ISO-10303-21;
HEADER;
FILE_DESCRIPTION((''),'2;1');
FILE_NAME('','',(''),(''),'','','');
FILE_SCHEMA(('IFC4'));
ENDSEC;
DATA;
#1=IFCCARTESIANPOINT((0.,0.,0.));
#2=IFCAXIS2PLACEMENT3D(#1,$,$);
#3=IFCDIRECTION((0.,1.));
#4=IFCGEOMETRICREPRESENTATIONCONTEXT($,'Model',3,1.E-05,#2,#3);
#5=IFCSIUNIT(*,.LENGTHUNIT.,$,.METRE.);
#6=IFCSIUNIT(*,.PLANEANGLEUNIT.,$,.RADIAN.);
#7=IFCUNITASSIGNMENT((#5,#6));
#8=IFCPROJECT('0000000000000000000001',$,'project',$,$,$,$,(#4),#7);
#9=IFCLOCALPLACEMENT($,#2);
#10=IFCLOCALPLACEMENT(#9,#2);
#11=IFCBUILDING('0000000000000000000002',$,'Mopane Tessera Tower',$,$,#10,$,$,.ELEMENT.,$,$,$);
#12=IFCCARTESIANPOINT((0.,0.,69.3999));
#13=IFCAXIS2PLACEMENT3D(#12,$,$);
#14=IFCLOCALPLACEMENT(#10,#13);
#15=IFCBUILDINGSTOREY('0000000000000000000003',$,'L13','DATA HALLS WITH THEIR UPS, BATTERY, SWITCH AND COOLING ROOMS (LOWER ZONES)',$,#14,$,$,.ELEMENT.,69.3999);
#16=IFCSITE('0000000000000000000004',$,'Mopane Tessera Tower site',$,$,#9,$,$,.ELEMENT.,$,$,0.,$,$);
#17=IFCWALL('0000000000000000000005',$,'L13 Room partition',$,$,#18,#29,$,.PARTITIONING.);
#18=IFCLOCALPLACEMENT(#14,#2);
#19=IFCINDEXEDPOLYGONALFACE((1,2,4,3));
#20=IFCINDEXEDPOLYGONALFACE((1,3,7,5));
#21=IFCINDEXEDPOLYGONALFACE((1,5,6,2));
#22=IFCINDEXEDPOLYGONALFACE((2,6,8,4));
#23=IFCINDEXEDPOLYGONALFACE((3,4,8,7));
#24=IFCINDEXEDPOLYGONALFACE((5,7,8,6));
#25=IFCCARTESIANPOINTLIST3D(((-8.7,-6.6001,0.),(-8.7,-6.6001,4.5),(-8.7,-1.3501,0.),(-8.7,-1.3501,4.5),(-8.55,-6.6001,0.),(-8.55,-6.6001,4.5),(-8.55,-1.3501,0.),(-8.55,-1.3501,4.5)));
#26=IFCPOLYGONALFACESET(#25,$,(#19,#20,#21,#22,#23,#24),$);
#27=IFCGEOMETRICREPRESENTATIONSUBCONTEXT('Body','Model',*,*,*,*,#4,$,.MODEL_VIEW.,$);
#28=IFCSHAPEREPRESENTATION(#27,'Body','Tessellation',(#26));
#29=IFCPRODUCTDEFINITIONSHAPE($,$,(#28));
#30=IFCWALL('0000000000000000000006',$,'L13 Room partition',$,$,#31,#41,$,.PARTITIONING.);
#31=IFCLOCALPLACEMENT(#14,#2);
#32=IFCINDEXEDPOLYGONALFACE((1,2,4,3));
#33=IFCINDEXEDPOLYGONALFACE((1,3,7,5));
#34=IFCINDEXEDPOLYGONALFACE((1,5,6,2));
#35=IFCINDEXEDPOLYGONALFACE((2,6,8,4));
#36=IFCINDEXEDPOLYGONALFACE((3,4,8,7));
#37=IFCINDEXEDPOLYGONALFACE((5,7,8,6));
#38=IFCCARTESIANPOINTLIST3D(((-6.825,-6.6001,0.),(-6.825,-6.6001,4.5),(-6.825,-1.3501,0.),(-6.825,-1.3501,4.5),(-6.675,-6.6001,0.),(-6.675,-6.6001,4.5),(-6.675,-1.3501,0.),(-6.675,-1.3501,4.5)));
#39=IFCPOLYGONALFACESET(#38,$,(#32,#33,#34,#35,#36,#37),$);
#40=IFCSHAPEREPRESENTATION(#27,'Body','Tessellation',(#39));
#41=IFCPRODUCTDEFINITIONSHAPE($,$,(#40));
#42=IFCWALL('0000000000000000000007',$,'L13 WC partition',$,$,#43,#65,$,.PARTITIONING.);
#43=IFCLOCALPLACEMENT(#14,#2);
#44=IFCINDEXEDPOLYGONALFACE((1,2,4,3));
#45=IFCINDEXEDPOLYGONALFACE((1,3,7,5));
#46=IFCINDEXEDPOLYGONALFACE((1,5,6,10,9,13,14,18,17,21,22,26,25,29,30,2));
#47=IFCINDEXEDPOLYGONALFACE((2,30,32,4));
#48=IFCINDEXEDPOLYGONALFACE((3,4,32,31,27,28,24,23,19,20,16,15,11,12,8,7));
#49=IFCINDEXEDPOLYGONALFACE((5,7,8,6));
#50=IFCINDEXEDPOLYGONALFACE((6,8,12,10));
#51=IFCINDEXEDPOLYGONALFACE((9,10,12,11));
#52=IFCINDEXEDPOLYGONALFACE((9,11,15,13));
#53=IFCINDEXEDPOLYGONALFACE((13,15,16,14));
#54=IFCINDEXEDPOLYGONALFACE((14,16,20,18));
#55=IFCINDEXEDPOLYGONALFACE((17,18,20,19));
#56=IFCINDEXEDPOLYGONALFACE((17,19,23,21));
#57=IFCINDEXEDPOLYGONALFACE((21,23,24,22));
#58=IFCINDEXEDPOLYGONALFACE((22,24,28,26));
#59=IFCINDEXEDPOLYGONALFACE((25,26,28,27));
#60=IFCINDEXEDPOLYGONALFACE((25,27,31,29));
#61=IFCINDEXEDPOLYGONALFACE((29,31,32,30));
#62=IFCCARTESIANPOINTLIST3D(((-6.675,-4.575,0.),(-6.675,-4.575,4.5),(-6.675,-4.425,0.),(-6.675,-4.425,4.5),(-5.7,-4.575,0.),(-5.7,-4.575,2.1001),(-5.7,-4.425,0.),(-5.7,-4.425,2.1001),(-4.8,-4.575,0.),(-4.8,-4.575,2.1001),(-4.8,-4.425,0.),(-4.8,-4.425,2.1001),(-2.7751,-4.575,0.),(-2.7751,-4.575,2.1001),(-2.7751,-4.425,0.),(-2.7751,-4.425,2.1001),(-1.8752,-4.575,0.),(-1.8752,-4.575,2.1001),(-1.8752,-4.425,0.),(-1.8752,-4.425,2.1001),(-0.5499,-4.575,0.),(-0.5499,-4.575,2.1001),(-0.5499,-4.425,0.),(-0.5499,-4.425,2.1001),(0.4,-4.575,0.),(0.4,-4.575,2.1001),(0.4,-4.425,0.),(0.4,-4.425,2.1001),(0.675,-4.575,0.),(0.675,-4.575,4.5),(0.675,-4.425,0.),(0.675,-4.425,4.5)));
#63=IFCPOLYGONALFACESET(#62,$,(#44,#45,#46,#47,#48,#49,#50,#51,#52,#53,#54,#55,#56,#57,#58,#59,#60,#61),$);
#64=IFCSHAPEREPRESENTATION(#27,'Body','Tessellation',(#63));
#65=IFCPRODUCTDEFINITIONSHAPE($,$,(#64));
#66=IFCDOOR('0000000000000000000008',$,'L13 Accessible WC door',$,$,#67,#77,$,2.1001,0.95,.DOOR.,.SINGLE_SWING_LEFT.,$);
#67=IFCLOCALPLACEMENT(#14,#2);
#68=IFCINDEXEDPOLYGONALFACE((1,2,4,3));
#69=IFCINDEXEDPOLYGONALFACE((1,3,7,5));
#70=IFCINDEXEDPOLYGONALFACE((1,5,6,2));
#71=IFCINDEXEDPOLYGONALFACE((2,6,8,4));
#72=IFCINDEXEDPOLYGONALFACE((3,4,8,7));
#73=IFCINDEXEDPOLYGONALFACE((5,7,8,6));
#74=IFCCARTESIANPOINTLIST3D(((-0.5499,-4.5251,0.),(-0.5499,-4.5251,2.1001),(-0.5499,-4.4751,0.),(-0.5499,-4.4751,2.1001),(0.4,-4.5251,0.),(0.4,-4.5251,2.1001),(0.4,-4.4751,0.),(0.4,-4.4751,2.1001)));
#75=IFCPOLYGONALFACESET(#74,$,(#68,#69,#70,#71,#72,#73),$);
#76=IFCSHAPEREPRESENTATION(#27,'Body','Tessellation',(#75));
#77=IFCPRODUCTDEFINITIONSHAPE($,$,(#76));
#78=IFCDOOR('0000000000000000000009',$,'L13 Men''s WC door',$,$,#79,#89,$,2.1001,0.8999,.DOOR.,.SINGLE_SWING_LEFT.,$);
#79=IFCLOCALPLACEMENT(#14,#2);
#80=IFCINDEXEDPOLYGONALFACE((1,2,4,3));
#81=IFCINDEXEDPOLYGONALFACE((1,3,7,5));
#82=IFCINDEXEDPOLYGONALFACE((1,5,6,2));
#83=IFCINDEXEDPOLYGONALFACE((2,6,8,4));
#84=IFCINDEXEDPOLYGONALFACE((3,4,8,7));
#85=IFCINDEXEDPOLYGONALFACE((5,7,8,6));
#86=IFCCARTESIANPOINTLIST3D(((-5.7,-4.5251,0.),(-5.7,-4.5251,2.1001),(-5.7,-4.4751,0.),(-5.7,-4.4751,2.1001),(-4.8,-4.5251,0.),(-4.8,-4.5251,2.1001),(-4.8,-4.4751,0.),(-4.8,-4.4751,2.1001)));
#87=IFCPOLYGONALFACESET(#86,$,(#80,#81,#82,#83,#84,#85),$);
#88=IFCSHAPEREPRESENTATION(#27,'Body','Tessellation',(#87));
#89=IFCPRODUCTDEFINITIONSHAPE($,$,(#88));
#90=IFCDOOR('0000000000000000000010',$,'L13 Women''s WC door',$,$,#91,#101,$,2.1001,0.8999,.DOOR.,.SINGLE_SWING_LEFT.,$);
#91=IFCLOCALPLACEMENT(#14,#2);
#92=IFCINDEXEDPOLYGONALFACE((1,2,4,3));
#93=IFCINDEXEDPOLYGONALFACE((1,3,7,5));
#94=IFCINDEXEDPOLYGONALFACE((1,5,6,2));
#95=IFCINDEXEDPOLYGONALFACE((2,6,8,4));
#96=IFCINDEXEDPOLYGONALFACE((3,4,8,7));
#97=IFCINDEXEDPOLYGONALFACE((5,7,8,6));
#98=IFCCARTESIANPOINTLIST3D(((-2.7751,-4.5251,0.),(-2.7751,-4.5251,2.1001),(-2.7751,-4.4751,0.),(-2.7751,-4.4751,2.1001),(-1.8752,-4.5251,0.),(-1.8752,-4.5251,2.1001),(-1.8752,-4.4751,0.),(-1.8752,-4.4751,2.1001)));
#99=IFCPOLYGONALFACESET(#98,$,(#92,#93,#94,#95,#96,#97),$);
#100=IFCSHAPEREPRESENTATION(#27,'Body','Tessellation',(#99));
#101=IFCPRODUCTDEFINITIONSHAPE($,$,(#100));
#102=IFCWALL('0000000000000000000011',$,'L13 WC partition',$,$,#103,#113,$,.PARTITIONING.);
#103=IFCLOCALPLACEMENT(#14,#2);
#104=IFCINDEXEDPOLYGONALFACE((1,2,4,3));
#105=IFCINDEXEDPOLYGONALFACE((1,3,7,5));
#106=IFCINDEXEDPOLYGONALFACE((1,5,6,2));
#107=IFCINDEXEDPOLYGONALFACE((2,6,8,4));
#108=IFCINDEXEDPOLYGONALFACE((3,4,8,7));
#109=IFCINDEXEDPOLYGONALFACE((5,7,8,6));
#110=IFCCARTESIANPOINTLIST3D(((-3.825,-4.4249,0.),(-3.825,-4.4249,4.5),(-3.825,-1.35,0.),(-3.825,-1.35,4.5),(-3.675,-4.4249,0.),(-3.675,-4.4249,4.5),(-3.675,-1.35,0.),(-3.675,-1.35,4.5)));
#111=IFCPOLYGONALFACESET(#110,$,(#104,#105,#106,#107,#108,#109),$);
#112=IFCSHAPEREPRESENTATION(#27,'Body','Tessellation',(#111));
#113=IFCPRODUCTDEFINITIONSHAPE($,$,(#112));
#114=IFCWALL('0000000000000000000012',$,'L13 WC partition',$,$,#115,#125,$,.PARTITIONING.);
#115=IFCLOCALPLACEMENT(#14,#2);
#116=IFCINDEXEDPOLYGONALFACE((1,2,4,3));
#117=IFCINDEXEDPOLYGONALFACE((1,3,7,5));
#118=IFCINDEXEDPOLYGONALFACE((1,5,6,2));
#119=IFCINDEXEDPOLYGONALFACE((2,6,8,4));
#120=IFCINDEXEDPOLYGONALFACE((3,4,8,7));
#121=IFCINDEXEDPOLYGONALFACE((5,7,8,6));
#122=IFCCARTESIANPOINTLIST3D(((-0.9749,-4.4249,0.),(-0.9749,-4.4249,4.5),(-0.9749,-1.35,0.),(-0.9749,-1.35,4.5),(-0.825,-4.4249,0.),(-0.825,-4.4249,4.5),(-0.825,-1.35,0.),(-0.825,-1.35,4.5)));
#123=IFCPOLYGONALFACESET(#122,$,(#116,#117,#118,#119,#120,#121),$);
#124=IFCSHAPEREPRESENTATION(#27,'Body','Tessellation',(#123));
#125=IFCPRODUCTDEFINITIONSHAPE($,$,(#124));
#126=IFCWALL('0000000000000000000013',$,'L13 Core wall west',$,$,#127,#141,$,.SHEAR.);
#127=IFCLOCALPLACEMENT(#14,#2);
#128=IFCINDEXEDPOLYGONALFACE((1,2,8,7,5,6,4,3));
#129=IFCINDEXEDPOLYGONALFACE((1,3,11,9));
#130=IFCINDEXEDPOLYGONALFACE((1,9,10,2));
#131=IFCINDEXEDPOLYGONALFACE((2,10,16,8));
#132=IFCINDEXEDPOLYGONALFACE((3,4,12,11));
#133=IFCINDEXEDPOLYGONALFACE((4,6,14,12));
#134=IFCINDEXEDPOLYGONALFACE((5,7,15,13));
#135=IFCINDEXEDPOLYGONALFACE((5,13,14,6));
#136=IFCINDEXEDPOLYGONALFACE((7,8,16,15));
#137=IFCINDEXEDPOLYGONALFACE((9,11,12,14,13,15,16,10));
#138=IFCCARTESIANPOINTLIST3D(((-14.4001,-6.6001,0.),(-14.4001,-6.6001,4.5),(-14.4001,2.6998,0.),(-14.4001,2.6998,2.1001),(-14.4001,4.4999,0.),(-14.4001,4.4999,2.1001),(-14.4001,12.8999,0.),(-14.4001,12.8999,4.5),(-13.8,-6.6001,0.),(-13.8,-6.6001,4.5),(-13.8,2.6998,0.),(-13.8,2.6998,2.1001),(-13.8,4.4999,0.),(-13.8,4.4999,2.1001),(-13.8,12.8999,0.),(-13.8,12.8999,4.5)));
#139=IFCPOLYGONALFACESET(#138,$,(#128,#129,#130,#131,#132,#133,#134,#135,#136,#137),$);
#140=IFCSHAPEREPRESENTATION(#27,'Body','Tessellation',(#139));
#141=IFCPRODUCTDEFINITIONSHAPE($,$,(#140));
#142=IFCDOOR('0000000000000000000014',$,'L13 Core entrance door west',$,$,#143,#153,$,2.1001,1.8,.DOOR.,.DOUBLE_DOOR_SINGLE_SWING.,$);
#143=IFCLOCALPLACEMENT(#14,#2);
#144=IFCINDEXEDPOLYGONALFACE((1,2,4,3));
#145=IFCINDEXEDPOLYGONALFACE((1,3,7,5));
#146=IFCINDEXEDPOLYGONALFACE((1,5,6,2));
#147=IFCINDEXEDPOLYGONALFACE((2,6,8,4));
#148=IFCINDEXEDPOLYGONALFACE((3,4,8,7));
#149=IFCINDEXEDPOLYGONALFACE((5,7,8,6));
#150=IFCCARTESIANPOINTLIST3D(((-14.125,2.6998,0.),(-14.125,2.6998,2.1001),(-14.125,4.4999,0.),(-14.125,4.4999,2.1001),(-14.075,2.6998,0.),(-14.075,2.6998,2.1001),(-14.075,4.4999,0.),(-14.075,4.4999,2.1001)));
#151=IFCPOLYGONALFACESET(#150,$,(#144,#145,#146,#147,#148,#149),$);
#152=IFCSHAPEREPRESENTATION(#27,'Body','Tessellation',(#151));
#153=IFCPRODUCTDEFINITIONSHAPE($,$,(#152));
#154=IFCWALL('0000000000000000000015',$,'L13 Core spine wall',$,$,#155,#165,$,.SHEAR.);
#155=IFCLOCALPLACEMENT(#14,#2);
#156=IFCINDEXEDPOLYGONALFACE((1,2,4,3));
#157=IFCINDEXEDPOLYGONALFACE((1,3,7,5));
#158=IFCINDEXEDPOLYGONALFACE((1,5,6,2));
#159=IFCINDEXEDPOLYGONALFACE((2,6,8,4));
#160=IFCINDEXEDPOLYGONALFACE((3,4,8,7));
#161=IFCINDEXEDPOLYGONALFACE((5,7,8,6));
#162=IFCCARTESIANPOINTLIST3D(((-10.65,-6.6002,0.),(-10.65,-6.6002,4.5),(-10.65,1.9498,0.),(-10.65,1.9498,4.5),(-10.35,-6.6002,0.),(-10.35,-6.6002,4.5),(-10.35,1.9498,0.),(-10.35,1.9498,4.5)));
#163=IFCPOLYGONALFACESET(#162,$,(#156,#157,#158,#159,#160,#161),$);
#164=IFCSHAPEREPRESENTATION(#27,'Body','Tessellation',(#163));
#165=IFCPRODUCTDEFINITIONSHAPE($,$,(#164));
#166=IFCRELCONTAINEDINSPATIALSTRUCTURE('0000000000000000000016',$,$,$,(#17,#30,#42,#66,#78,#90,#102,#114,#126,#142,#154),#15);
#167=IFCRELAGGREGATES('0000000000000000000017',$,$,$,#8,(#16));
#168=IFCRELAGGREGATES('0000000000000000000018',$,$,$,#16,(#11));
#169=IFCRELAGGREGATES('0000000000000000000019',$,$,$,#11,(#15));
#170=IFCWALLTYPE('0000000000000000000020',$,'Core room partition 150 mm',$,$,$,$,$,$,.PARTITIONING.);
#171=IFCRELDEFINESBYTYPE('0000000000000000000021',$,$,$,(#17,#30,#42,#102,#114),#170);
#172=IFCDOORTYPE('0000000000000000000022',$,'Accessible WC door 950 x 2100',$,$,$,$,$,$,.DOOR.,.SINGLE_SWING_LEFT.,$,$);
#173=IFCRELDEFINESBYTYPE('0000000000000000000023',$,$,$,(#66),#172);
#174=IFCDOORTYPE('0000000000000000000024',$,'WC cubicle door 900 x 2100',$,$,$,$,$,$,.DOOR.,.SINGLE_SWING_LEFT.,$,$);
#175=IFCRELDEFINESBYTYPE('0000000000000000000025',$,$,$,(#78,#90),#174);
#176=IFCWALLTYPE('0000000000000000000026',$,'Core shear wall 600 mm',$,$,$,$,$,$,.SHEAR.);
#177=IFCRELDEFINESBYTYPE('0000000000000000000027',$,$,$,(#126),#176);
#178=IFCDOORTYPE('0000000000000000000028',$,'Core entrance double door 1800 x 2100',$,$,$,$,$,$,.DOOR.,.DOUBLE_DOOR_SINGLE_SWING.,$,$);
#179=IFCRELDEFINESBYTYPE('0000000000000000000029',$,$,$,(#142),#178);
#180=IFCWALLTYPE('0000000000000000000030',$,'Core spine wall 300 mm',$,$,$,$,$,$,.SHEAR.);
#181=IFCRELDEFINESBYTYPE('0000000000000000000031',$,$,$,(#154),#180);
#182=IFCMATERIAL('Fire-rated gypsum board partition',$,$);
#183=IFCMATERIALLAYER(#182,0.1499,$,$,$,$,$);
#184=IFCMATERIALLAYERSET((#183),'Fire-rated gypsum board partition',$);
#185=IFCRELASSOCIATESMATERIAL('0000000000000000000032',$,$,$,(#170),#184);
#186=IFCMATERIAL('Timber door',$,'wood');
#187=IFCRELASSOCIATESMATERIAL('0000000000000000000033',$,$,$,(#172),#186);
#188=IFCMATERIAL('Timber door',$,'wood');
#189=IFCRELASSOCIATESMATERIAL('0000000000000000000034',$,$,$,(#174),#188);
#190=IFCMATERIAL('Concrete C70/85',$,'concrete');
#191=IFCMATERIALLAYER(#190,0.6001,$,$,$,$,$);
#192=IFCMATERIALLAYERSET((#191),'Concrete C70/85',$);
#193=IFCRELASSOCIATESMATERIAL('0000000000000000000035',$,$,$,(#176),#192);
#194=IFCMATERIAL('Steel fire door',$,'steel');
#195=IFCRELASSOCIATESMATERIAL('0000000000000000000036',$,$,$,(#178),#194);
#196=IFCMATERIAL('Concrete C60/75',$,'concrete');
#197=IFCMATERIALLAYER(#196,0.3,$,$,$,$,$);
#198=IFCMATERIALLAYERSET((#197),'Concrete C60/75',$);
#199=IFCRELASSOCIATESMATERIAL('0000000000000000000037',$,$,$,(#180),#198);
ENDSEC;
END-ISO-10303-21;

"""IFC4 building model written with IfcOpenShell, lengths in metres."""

from ifc_helpers import new_model, si_unit, direction, frame, frame_2d, origin, place, context, subcontext, project, spatial, rectangle, extrude, material, layer, layer_set, type_object, element, fill, save


model = new_model("IFC4")

# Units and contexts
model_context = context("Model", 3, precision=1e-05, world=origin(), true_north=direction((0.0, 1.0)))
body_context = subcontext(model_context, "Body", "Model", "MODEL_VIEW")
ifc_project = project(units=[si_unit("LENGTHUNIT", "METRE"), si_unit("PLANEANGLEUNIT", "RADIAN")], contexts=[model_context])

# Site, building, storey
site_placement = place(None, origin())
site = spatial("IfcSite", under=ifc_project, at=site_placement, Name="Mopane Tessera Tower site", CompositionType="ELEMENT", RefElevation=0.0)
building_placement = place(site_placement, origin())
building = spatial("IfcBuilding", under=site, at=building_placement, Name="Mopane Tessera Tower", CompositionType="ELEMENT")
storey_placement = place(building_placement, frame((0.0, 0.0, 69.3999)))
storey = spatial("IfcBuildingStorey", under=building, at=storey_placement, Name="L13", Description="DATA HALLS WITH THEIR UPS, BATTERY, SWITCH AND COOLING ROOMS (LOWER ZONES)", CompositionType="ELEMENT", Elevation=69.3999)

# Walls
ifc_material_1 = material(Name="Fire-rated gypsum board partition")
ifc_layer_1 = layer(ifc_material_1, 0.1499)
ifc_layer_set_1 = layer_set([ifc_layer_1], Name="Fire-rated gypsum board partition")
wall_type_1 = type_object("IfcWallType", Name="Core room partition 150 mm", PredefinedType="PARTITIONING", material=ifc_layer_set_1)
for number, where, z_axis, x_axis, name in (
    (1, (-8.625, -6.6001, 0.0), (0.0, 0.0, 1.0), (0.0, 1.0, 0.0), "L13 Room partition"),
    (2, (-6.75, -6.6001, 0.0), (0.0, 0.0, 1.0), (0.0, 1.0, 0.0), "L13 Room partition"),
):
    element("IfcWall", number, at=place(storey_placement, frame(where, z_axis=z_axis, x_axis=x_axis)), inside=storey, type_object=wall_type_1, Name=name, PredefinedType="PARTITIONING", context=body_context, shape_type="SweptSolid", body=[
        extrude(rectangle(XDim=5.25, YDim=0.1499, at=frame_2d((2.625, 0.0))), origin(), (0.0, 0.0, 1.0), 4.5),
    ])

# Wall, openings, doors
wall_1_placement = place(storey_placement, frame((-6.675, -4.5, 0.0), z_axis=(0.0, 0.0, 1.0), x_axis=(1.0, 0.0, 0.0)))
wall_1 = element("IfcWall", 3, at=wall_1_placement, inside=storey, type_object=wall_type_1, Name="L13 WC partition", PredefinedType="PARTITIONING", context=body_context, shape_type="SweptSolid", body=[
    extrude(rectangle(XDim=7.3501, YDim=0.1499, at=frame_2d((3.675, 0.0))), origin(), (0.0, 0.0, 1.0), 4.5),
])
opening_1_placement = place(wall_1_placement, frame((0.9751, 0.0, 0.0)))
opening_1 = element("IfcOpeningElement", 4, at=opening_1_placement, cuts=wall_1, PredefinedType="OPENING", context=body_context, shape_type="SweptSolid", body=[
    extrude(rectangle(XDim=0.8999, YDim=2.1001, at=frame_2d((0.45, 1.05))), frame((0.0, 0.0869, 0.0), z_axis=(0.0, -1.0, 0.0), x_axis=(1.0, 0.0, 0.0)), (0.0, 0.0, 1.0), 0.1738),
])
opening_2_placement = place(wall_1_placement, frame((3.8999, 0.0, 0.0)))
opening_2 = element("IfcOpeningElement", 5, at=opening_2_placement, cuts=wall_1, PredefinedType="OPENING", context=body_context, shape_type="SweptSolid", body=[
    extrude(rectangle(XDim=0.8999, YDim=2.1001, at=frame_2d((0.45, 1.05))), frame((0.0, 0.0869, 0.0), z_axis=(0.0, -1.0, 0.0), x_axis=(1.0, 0.0, 0.0)), (0.0, 0.0, 1.0), 0.1738),
])
opening_3_placement = place(wall_1_placement, frame((6.125, 0.0, 0.0)))
opening_3 = element("IfcOpeningElement", 6, at=opening_3_placement, cuts=wall_1, PredefinedType="OPENING", context=body_context, shape_type="SweptSolid", body=[
    extrude(rectangle(XDim=0.95, YDim=2.1001, at=frame_2d((0.4751, 1.05))), frame((0.0, 0.0869, 0.0), z_axis=(0.0, -1.0, 0.0), x_axis=(1.0, 0.0, 0.0)), (0.0, 0.0, 1.0), 0.1738),
])
ifc_material_2 = material(Name="Timber door", Category="wood")
door_type_1 = type_object("IfcDoorType", Name="Accessible WC door 950 x 2100", OperationType="SINGLE_SWING_LEFT", PredefinedType="DOOR", material=ifc_material_2)
door_1_placement = place(opening_3_placement, origin())
door_1 = element("IfcDoor", 7, at=door_1_placement, inside=storey, type_object=door_type_1, Name="L13 Accessible WC door", OperationType="SINGLE_SWING_LEFT", OverallHeight=2.1001, OverallWidth=0.95, PredefinedType="DOOR", context=body_context, shape_type="SweptSolid", body=[
    extrude(rectangle(XDim=0.95, YDim=2.1001, at=frame_2d((0.4751, 1.05))), frame((0.0, 0.0249, 0.0), z_axis=(0.0, -1.0, 0.0), x_axis=(1.0, 0.0, 0.0)), (0.0, 0.0, 1.0), 0.05),
])
fill(opening_3, door_1)
ifc_material_3 = material(Name="Timber door", Category="wood")
door_type_2 = type_object("IfcDoorType", Name="WC cubicle door 900 x 2100", OperationType="SINGLE_SWING_LEFT", PredefinedType="DOOR", material=ifc_material_3)
door_2_placement = place(opening_1_placement, origin())
door_2 = element("IfcDoor", 8, at=door_2_placement, inside=storey, type_object=door_type_2, Name="L13 Men's WC door", OperationType="SINGLE_SWING_LEFT", OverallHeight=2.1001, OverallWidth=0.8999, PredefinedType="DOOR", context=body_context, shape_type="SweptSolid", body=[
    extrude(rectangle(XDim=0.8999, YDim=2.1001, at=frame_2d((0.45, 1.05))), frame((0.0, 0.0249, 0.0), z_axis=(0.0, -1.0, 0.0), x_axis=(1.0, 0.0, 0.0)), (0.0, 0.0, 1.0), 0.05),
])
fill(opening_1, door_2)
door_3_placement = place(opening_2_placement, origin())
door_3 = element("IfcDoor", 9, at=door_3_placement, inside=storey, type_object=door_type_2, Name="L13 Women's WC door", OperationType="SINGLE_SWING_LEFT", OverallHeight=2.1001, OverallWidth=0.8999, PredefinedType="DOOR", context=body_context, shape_type="SweptSolid", body=[
    extrude(rectangle(XDim=0.8999, YDim=2.1001, at=frame_2d((0.45, 1.05))), frame((0.0, 0.0249, 0.0), z_axis=(0.0, -1.0, 0.0), x_axis=(1.0, 0.0, 0.0)), (0.0, 0.0, 1.0), 0.05),
])
fill(opening_2, door_3)

# Walls
for number, where, z_axis, x_axis, name in (
    (10, (-3.75, -4.425, 0.0), (0.0, 0.0, 1.0), (0.0, 1.0, 0.0), "L13 WC partition"),
    (11, (-0.8999, -4.425, 0.0), (0.0, 0.0, 1.0), (0.0, 1.0, 0.0), "L13 WC partition"),
):
    element("IfcWall", number, at=place(storey_placement, frame(where, z_axis=z_axis, x_axis=x_axis)), inside=storey, type_object=wall_type_1, Name=name, PredefinedType="PARTITIONING", context=body_context, shape_type="SweptSolid", body=[
        extrude(rectangle(XDim=3.075, YDim=0.1499, at=frame_2d((1.5376, 0.0))), origin(), (0.0, 0.0, 1.0), 4.5),
    ])

# Wall, opening, door
ifc_material_4 = material(Name="Concrete C70/85", Category="concrete")
ifc_layer_2 = layer(ifc_material_4, 0.6001)
ifc_layer_set_2 = layer_set([ifc_layer_2], Name="Concrete C70/85")
wall_type_2 = type_object("IfcWallType", Name="Core shear wall 600 mm", PredefinedType="SHEAR", material=ifc_layer_set_2)
wall_2_placement = place(storey_placement, frame((-14.1001, -6.6001, 0.0), z_axis=(0.0, 0.0, 1.0), x_axis=(0.0, 1.0, 0.0)))
wall_2 = element("IfcWall", 12, at=wall_2_placement, inside=storey, type_object=wall_type_2, Name="L13 Core wall west", PredefinedType="SHEAR", context=body_context, shape_type="SweptSolid", body=[
    extrude(rectangle(XDim=19.5, YDim=0.6001, at=frame_2d((9.75, 0.0))), origin(), (0.0, 0.0, 1.0), 4.5),
])
opening_4_placement = place(wall_2_placement, frame((9.3, 0.0, 0.0)))
opening_4 = element("IfcOpeningElement", 13, at=opening_4_placement, cuts=wall_2, PredefinedType="OPENING", context=body_context, shape_type="SweptSolid", body=[
    extrude(rectangle(XDim=1.8, YDim=2.1001, at=frame_2d((0.8999, 1.05))), frame((0.0, 0.312, 0.0), z_axis=(0.0, -1.0, 0.0), x_axis=(1.0, 0.0, 0.0)), (0.0, 0.0, 1.0), 0.624),
])
ifc_material_5 = material(Name="Steel fire door", Category="steel")
door_type_3 = type_object("IfcDoorType", Name="Core entrance double door 1800 x 2100", OperationType="DOUBLE_DOOR_SINGLE_SWING", PredefinedType="DOOR", material=ifc_material_5)
door_4_placement = place(opening_4_placement, origin())
door_4 = element("IfcDoor", 14, at=door_4_placement, inside=storey, type_object=door_type_3, Name="L13 Core entrance door west", OperationType="DOUBLE_DOOR_SINGLE_SWING", OverallHeight=2.1001, OverallWidth=1.8, PredefinedType="DOOR", context=body_context, shape_type="SweptSolid", body=[
    extrude(rectangle(XDim=1.8, YDim=2.1001, at=frame_2d((0.8999, 1.05))), frame((0.0, 0.0249, 0.0), z_axis=(0.0, -1.0, 0.0), x_axis=(1.0, 0.0, 0.0)), (0.0, 0.0, 1.0), 0.05),
])
fill(opening_4, door_4)

# Wall
ifc_material_6 = material(Name="Concrete C60/75", Category="concrete")
ifc_layer_3 = layer(ifc_material_6, 0.3)
ifc_layer_set_3 = layer_set([ifc_layer_3], Name="Concrete C60/75")
wall_type_3 = type_object("IfcWallType", Name="Core spine wall 300 mm", PredefinedType="SHEAR", material=ifc_layer_set_3)
wall_3_placement = place(storey_placement, frame((-10.5, -6.6001, 0.0), z_axis=(0.0, 0.0, 1.0), x_axis=(0.0, 1.0, 0.0)))
element("IfcWall", 15, at=wall_3_placement, inside=storey, type_object=wall_type_3, Name="L13 Core spine wall", PredefinedType="SHEAR", context=body_context, shape_type="SweptSolid", body=[
    extrude(rectangle(XDim=8.55, YDim=0.3, at=frame_2d((4.2749, 0.0))), origin(), (0.0, 0.0, 1.0), 4.5),
])

save(model, "model.ifc")
